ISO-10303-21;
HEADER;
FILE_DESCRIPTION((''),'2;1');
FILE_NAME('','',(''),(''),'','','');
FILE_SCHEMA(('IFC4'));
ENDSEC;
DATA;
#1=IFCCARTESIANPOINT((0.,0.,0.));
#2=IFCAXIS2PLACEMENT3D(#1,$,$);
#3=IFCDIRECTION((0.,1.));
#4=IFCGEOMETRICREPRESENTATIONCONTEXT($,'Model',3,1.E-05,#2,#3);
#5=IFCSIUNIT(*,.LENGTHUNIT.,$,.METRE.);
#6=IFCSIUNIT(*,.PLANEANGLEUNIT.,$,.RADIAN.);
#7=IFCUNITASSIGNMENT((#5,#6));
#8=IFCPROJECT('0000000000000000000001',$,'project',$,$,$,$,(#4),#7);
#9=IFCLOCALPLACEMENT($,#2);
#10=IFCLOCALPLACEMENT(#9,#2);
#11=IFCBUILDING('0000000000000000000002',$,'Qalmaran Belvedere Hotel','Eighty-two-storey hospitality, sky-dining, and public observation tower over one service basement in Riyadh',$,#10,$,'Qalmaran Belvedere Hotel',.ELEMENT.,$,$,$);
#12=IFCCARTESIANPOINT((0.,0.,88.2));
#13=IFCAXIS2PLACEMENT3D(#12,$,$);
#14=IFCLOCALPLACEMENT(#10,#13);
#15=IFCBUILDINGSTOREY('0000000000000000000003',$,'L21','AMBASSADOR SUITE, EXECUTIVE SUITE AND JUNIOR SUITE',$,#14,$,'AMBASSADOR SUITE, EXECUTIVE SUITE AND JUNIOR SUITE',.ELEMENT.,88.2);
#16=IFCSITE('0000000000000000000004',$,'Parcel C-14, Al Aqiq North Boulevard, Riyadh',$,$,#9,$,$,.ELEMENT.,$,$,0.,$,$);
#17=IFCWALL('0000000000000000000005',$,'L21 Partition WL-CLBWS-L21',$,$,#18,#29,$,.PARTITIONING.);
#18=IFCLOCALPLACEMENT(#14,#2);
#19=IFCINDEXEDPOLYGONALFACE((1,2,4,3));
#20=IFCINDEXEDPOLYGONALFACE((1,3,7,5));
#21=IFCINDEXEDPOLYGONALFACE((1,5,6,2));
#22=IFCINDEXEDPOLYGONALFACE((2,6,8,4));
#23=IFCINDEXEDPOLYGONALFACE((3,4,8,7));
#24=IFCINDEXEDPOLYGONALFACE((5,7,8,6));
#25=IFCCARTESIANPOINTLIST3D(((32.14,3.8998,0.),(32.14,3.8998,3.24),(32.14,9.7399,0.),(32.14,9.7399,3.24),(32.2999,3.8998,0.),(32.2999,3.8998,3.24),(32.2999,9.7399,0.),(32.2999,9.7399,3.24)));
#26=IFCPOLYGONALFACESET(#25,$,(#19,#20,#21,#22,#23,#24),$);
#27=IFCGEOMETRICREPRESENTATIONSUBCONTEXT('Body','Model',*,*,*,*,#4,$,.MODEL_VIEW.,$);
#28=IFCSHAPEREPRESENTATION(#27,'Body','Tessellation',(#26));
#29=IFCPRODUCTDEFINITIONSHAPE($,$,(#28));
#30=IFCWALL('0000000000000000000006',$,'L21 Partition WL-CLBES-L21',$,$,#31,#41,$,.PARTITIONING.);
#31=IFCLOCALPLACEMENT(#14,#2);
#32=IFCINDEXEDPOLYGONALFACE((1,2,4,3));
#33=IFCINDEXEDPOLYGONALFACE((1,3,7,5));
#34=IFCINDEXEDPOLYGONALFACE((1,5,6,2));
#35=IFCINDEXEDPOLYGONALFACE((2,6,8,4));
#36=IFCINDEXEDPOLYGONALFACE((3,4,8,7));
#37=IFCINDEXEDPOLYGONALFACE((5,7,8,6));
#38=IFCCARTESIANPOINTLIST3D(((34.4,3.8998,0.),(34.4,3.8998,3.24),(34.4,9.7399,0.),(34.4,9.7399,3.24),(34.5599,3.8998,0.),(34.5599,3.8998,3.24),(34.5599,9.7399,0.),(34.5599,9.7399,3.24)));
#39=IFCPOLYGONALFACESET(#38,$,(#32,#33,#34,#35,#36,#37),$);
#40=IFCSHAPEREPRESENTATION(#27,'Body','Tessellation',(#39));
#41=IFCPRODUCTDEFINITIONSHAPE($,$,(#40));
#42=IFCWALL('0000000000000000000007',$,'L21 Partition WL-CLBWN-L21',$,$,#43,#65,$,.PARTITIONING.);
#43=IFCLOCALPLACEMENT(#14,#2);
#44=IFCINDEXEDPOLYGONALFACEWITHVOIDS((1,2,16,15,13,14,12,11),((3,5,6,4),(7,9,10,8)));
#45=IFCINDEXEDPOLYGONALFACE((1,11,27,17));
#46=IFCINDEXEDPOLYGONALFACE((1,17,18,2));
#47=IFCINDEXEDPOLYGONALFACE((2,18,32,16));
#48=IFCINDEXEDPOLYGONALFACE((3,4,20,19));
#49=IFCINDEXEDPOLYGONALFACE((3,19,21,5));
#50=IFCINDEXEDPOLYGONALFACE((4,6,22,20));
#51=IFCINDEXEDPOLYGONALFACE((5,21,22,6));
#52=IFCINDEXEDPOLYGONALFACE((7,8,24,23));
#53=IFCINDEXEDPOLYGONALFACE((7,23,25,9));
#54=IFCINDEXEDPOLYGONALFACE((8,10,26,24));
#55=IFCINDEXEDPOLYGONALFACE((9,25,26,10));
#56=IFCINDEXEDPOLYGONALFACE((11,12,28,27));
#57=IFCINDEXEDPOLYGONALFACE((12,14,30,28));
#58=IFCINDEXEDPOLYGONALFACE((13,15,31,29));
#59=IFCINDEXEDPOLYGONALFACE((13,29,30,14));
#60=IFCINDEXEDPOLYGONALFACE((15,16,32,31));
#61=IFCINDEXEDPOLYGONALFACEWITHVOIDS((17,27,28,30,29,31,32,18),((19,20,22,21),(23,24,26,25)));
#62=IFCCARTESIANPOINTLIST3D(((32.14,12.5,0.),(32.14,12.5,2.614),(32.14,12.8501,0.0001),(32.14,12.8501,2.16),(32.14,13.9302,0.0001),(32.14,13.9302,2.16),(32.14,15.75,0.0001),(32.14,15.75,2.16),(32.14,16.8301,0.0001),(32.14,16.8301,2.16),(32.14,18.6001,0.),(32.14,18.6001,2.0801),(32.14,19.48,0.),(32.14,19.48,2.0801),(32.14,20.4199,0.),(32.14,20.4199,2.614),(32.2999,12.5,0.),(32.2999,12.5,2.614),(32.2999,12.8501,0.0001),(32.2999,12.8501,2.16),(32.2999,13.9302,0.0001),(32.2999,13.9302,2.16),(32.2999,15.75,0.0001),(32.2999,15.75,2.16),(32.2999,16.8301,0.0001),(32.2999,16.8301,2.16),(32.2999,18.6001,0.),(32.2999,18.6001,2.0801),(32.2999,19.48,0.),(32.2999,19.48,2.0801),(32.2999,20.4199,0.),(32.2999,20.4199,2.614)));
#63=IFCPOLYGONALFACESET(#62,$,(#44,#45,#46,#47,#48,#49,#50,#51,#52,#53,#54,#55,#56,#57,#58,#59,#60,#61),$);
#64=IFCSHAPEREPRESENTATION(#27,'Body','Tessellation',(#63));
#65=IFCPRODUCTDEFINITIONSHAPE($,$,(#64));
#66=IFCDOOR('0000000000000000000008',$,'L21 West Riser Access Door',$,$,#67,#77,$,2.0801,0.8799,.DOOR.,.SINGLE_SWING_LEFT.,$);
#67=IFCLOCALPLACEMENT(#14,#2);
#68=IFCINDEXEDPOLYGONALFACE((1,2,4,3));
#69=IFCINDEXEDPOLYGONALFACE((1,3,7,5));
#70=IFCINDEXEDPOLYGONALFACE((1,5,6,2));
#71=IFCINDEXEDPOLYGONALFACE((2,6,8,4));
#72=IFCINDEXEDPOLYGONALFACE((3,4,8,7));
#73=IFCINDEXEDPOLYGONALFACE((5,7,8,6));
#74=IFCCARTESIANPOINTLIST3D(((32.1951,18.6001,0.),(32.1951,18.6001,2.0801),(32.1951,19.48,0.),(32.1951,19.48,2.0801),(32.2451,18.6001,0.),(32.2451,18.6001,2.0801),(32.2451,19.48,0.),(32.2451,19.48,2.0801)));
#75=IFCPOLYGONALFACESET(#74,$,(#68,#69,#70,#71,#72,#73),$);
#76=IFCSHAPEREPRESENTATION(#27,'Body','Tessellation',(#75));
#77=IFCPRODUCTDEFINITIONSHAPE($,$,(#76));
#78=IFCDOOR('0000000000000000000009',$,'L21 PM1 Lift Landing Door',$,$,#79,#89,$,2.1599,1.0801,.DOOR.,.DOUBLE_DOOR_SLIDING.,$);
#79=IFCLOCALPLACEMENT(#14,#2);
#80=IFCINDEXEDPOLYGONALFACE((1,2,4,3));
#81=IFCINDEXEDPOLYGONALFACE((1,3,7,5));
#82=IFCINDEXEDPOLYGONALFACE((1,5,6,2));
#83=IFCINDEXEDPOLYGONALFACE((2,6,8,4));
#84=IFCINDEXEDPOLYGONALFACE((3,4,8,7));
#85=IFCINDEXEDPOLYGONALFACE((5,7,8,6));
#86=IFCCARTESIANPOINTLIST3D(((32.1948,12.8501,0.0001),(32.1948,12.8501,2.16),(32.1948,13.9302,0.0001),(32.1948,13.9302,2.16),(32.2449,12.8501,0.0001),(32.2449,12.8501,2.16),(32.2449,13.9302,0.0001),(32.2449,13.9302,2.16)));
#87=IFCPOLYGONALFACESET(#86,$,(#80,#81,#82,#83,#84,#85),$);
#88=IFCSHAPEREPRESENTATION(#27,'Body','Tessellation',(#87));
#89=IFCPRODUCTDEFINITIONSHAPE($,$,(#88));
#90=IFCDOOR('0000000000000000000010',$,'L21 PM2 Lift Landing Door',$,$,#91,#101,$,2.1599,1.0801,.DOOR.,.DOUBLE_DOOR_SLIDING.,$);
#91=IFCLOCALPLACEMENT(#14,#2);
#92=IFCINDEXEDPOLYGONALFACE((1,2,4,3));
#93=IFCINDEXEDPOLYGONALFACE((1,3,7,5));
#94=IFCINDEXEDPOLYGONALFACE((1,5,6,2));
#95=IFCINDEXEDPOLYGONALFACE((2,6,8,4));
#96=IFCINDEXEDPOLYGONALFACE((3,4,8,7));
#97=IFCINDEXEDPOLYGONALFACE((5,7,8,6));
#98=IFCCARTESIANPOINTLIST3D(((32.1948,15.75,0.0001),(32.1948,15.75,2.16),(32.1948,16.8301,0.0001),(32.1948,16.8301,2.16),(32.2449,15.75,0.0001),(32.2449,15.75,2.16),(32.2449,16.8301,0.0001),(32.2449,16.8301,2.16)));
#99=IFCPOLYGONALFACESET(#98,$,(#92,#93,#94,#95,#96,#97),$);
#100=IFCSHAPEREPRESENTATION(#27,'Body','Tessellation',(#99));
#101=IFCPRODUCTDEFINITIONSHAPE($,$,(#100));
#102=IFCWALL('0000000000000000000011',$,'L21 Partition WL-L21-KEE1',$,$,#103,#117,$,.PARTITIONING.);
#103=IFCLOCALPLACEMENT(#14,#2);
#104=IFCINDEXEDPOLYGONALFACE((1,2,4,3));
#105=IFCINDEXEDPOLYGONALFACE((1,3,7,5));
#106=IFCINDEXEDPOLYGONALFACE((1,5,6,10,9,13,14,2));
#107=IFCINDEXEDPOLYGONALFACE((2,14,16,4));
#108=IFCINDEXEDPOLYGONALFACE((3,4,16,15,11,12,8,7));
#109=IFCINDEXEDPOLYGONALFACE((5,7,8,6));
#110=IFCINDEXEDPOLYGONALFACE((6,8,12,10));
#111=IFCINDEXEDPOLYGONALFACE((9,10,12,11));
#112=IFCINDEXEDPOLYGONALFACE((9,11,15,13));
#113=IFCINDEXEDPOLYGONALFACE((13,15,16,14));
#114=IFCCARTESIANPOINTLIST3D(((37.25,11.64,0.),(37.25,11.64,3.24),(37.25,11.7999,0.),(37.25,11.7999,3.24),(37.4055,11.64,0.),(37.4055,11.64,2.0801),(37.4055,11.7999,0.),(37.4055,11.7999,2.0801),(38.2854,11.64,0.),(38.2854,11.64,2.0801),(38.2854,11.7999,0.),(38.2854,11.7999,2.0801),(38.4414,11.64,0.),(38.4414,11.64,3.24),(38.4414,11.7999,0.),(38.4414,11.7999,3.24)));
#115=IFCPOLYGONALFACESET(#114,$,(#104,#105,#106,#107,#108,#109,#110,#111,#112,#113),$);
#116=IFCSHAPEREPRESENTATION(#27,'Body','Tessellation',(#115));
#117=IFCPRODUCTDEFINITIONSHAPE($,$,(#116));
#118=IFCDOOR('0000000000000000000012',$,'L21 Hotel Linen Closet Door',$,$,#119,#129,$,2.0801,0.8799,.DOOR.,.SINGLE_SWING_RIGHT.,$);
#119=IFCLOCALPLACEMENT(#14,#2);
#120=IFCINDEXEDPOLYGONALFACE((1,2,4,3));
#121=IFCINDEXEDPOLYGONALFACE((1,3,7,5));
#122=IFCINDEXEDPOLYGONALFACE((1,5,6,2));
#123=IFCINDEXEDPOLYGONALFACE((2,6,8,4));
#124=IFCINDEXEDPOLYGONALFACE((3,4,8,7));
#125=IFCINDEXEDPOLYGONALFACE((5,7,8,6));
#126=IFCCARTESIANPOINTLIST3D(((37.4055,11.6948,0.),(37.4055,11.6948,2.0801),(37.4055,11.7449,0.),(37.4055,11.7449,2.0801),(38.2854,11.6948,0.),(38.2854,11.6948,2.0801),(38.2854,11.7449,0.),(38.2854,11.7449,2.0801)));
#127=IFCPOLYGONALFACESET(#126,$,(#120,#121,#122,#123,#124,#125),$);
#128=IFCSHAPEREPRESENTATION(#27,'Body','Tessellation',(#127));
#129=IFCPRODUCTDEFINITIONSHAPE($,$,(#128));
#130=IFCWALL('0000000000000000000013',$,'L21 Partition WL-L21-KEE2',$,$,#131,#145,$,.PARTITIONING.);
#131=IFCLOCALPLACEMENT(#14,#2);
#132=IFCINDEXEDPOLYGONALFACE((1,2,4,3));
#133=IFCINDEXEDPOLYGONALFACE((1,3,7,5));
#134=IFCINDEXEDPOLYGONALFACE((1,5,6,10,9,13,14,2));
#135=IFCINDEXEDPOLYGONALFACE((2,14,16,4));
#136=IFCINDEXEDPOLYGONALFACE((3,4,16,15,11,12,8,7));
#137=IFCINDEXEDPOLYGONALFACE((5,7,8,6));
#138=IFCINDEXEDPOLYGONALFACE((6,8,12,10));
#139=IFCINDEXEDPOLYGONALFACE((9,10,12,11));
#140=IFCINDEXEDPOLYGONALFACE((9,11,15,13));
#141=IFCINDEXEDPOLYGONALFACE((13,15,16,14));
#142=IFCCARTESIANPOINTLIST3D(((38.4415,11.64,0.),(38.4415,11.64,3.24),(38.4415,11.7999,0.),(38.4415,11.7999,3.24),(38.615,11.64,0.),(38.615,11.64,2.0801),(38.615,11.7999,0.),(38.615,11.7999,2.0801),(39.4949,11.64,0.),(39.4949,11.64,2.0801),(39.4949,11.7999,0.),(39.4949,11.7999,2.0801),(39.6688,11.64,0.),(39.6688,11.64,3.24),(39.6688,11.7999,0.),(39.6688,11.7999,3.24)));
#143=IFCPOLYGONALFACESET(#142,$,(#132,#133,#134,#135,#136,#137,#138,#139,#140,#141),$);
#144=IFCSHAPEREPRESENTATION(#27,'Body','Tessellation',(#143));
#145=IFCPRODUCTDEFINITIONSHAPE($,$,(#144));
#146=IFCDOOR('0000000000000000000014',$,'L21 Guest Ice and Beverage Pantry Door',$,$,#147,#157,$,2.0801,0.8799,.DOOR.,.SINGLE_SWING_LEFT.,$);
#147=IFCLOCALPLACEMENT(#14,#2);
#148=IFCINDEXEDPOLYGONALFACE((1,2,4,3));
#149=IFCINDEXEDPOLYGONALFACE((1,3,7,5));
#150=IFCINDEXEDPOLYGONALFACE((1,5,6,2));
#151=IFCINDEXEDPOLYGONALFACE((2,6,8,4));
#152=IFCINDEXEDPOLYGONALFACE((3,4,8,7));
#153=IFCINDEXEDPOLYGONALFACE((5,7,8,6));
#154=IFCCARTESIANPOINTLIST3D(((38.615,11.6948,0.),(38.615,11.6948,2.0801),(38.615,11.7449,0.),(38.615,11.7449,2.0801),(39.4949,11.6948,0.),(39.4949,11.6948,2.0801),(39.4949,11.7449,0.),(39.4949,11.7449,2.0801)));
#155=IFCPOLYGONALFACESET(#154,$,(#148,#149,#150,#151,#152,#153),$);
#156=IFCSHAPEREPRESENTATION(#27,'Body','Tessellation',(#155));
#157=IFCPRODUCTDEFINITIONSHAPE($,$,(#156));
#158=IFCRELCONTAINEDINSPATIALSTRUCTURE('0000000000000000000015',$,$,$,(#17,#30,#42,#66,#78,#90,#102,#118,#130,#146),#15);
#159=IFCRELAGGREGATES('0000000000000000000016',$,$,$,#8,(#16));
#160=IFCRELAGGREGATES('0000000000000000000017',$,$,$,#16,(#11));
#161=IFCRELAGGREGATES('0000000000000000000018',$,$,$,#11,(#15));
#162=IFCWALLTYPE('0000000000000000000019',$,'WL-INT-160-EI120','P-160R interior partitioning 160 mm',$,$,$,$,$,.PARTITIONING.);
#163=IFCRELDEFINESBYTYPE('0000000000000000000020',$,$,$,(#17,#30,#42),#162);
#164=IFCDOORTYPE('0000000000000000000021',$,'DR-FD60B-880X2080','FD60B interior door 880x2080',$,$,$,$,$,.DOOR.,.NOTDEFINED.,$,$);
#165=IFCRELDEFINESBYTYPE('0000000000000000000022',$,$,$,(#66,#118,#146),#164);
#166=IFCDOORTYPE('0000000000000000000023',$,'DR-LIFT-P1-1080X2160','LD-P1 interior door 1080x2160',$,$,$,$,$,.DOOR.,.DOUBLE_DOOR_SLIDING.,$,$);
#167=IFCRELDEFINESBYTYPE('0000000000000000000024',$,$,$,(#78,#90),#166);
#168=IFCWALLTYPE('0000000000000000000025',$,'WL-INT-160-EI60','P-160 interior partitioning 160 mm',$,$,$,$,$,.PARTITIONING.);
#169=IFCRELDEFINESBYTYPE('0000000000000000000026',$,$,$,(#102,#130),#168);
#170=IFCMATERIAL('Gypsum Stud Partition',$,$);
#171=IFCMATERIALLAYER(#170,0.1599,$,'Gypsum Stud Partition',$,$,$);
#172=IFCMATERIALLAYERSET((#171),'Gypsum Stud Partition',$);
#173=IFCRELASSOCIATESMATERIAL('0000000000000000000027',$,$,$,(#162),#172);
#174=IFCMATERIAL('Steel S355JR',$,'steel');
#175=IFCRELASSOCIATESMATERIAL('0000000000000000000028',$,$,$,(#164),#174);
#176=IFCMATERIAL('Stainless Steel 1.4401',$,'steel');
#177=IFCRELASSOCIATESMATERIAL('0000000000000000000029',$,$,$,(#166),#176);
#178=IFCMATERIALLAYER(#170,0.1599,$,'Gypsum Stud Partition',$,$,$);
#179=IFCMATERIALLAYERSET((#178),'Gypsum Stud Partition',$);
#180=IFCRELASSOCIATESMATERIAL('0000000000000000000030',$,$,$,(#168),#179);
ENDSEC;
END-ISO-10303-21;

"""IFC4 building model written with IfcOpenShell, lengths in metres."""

from ifc_helpers import new_model, si_unit, direction, frame, frame_2d, origin, place, context, subcontext, project, spatial, rectangle, extrude, material, layer, layer_set, type_object, element, fill, save


model = new_model("IFC4")

# Units and contexts
model_context = context("Model", 3, precision=1e-05, world=origin(), true_north=direction((0.0, 1.0)))
body_context = subcontext(model_context, "Body", "Model", "MODEL_VIEW")
ifc_project = project(units=[si_unit("LENGTHUNIT", "METRE"), si_unit("PLANEANGLEUNIT", "RADIAN")], contexts=[model_context])

# Site, building, storey
site_placement = place(None, origin())
site = spatial("IfcSite", under=ifc_project, at=site_placement, Name="Parcel C-14, Al Aqiq North Boulevard, Riyadh", CompositionType="ELEMENT", RefElevation=0.0)
building_placement = place(site_placement, origin())
building = spatial("IfcBuilding", under=site, at=building_placement, Name="Qalmaran Belvedere Hotel", Description="Eighty-two-storey hospitality, sky-dining, and public observation tower over one service basement in Riyadh", LongName="Qalmaran Belvedere Hotel", CompositionType="ELEMENT")
storey_placement = place(building_placement, frame((0.0, 0.0, 88.2)))
storey = spatial("IfcBuildingStorey", under=building, at=storey_placement, Name="L21", Description="AMBASSADOR SUITE, EXECUTIVE SUITE AND JUNIOR SUITE", LongName="AMBASSADOR SUITE, EXECUTIVE SUITE AND JUNIOR SUITE", CompositionType="ELEMENT", Elevation=88.2)

# Shared definitions
ifc_material_1 = material(Name="Steel S355JR", Category="steel")

# Shared definitions
ifc_material_2 = material(Name="Gypsum Stud Partition")
ifc_layer_1 = layer(ifc_material_2, 0.1599, Name="Gypsum Stud Partition")
ifc_layer_set_1 = layer_set([ifc_layer_1], Name="Gypsum Stud Partition")
wall_type_1 = type_object("IfcWallType", Name="WL-INT-160-EI120", Description="P-160R interior partitioning 160 mm", PredefinedType="PARTITIONING", material=ifc_layer_set_1)

# Walls
for number, where, z_axis, x_axis, name in (
    (1, (32.22, 3.8999, 0.0), (0.0, 0.0, 1.0), (0.0, 1.0, 0.0), "L21 Partition WL-CLBWS-L21"),
    (2, (34.48, 3.8999, 0.0), (0.0, 0.0, 1.0), (0.0, 1.0, 0.0), "L21 Partition WL-CLBES-L21"),
):
    element("IfcWall", number, at=place(storey_placement, frame(where, z_axis=z_axis, x_axis=x_axis)), inside=storey, type_object=wall_type_1, Name=name, PredefinedType="PARTITIONING", context=body_context, shape_type="SweptSolid", body=[
        extrude(rectangle(XDim=5.8401, YDim=0.1599, at=frame_2d((2.9199, 0.0))), origin(), (0.0, 0.0, 1.0), 3.24),
    ])

# Wall, openings, doors
wall_1_placement = place(storey_placement, frame((32.22, 12.5, 0.0), z_axis=(0.0, 0.0, 1.0), x_axis=(0.0, 1.0, 0.0)))
wall_1 = element("IfcWall", 3, at=wall_1_placement, inside=storey, type_object=wall_type_1, Name="L21 Partition WL-CLBWN-L21", PredefinedType="PARTITIONING", context=body_context, shape_type="SweptSolid", body=[
    extrude(rectangle(XDim=7.9199, YDim=0.1599, at=frame_2d((3.96, 0.0))), origin(), (0.0, 0.0, 1.0), 2.614),
])
opening_1_placement = place(wall_1_placement, frame((1.4302, 0.0, 0.0), z_axis=(0.0, 0.0, 1.0), x_axis=(-1.0, 0.0, 0.0)))
opening_1 = element("IfcOpeningElement", 4, at=opening_1_placement, cuts=wall_1, PredefinedType="OPENING", context=body_context, shape_type="SweptSolid", body=[
    extrude(rectangle(XDim=1.0801, YDim=2.1599, at=frame_2d((0.54, 1.0801))), frame((0.0, 0.0898, 0.0), z_axis=(0.0, -1.0, 0.0), x_axis=(1.0, 0.0, 0.0)), (0.0, 0.0, 1.0), 0.1799),
])
opening_2_placement = place(wall_1_placement, frame((4.3301, 0.0, 0.0), z_axis=(0.0, 0.0, 1.0), x_axis=(-1.0, 0.0, 0.0)))
opening_2 = element("IfcOpeningElement", 5, at=opening_2_placement, cuts=wall_1, PredefinedType="OPENING", context=body_context, shape_type="SweptSolid", body=[
    extrude(rectangle(XDim=1.0801, YDim=2.1599, at=frame_2d((0.54, 1.0801))), frame((0.0, 0.0898, 0.0), z_axis=(0.0, -1.0, 0.0), x_axis=(1.0, 0.0, 0.0)), (0.0, 0.0, 1.0), 0.1799),
])
opening_3_placement = place(wall_1_placement, frame((6.1001, 0.0, 0.0)))
opening_3 = element("IfcOpeningElement", 6, at=opening_3_placement, cuts=wall_1, PredefinedType="OPENING", context=body_context, shape_type="SweptSolid", body=[
    extrude(rectangle(XDim=0.8799, YDim=2.0801, at=frame_2d((0.4399, 1.04))), frame((0.0, 0.0898, 0.0), z_axis=(0.0, -1.0, 0.0), x_axis=(1.0, 0.0, 0.0)), (0.0, 0.0, 1.0), 0.1799),
])
door_type_1 = type_object("IfcDoorType", Name="DR-FD60B-880X2080", Description="FD60B interior door 880x2080", OperationType="NOTDEFINED", PredefinedType="DOOR", material=ifc_material_1)
door_1_placement = place(opening_3_placement, origin())
door_1 = element("IfcDoor", 7, at=door_1_placement, inside=storey, type_object=door_type_1, Name="L21 West Riser Access Door", OperationType="SINGLE_SWING_LEFT", OverallHeight=2.0801, OverallWidth=0.8799, PredefinedType="DOOR", context=body_context, shape_type="SweptSolid", body=[
    extrude(rectangle(XDim=0.8799, YDim=2.0801, at=frame_2d((0.4399, 1.04))), frame((0.0, 0.0249, 0.0), z_axis=(0.0, -1.0, 0.0), x_axis=(1.0, 0.0, 0.0)), (0.0, 0.0, 1.0), 0.05),
])
fill(opening_3, door_1)
ifc_material_3 = material(Name="Stainless Steel 1.4401", Category="steel")
door_type_2 = type_object("IfcDoorType", Name="DR-LIFT-P1-1080X2160", Description="LD-P1 interior door 1080x2160", OperationType="DOUBLE_DOOR_SLIDING", PredefinedType="DOOR", material=ifc_material_3)
door_2_placement = place(opening_1_placement, origin())
door_2 = element("IfcDoor", 8, at=door_2_placement, inside=storey, type_object=door_type_2, Name="L21 PM1 Lift Landing Door", OperationType="DOUBLE_DOOR_SLIDING", OverallHeight=2.1599, OverallWidth=1.0801, PredefinedType="DOOR", context=body_context, shape_type="SweptSolid", body=[
    extrude(rectangle(XDim=1.0801, YDim=2.1599, at=frame_2d((0.54, 1.0801))), frame((0.0, 0.0249, 0.0), z_axis=(0.0, -1.0, 0.0), x_axis=(1.0, 0.0, 0.0)), (0.0, 0.0, 1.0), 0.05),
])
fill(opening_1, door_2)
door_3_placement = place(opening_2_placement, origin())
door_3 = element("IfcDoor", 9, at=door_3_placement, inside=storey, type_object=door_type_2, Name="L21 PM2 Lift Landing Door", OperationType="DOUBLE_DOOR_SLIDING", OverallHeight=2.1599, OverallWidth=1.0801, PredefinedType="DOOR", context=body_context, shape_type="SweptSolid", body=[
    extrude(rectangle(XDim=1.0801, YDim=2.1599, at=frame_2d((0.54, 1.0801))), frame((0.0, 0.0249, 0.0), z_axis=(0.0, -1.0, 0.0), x_axis=(1.0, 0.0, 0.0)), (0.0, 0.0, 1.0), 0.05),
])
fill(opening_2, door_3)

# Walls, openings, doors
ifc_layer_2 = layer(ifc_material_2, 0.1599, Name="Gypsum Stud Partition")
ifc_layer_set_2 = layer_set([ifc_layer_2], Name="Gypsum Stud Partition")
wall_type_2 = type_object("IfcWallType", Name="WL-INT-160-EI60", Description="P-160 interior partitioning 160 mm", PredefinedType="PARTITIONING", material=ifc_layer_set_2)
wall_2_placement = place(storey_placement, frame((37.25, 11.72, 0.0), z_axis=(0.0, 0.0, 1.0), x_axis=(1.0, 0.0, 0.0)))
wall_2 = element("IfcWall", 10, at=wall_2_placement, inside=storey, type_object=wall_type_2, Name="L21 Partition WL-L21-KEE1", PredefinedType="PARTITIONING", context=body_context, shape_type="SweptSolid", body=[
    extrude(rectangle(XDim=1.1914, YDim=0.1599, at=frame_2d((0.5957, 0.0))), origin(), (0.0, 0.0, 1.0), 3.24),
])
opening_4_placement = place(wall_2_placement, frame((0.1555, 0.0, 0.0)))
opening_4 = element("IfcOpeningElement", 11, at=opening_4_placement, cuts=wall_2, PredefinedType="OPENING", context=body_context, shape_type="SweptSolid", body=[
    extrude(rectangle(XDim=0.8799, YDim=2.0801, at=frame_2d((0.4399, 1.04))), frame((0.0, 0.0898, 0.0), z_axis=(0.0, -1.0, 0.0), x_axis=(1.0, 0.0, 0.0)), (0.0, 0.0, 1.0), 0.1799),
])
door_4_placement = place(opening_4_placement, origin())
door_4 = element("IfcDoor", 12, at=door_4_placement, inside=storey, type_object=door_type_1, Name="L21 Hotel Linen Closet Door", OperationType="SINGLE_SWING_RIGHT", OverallHeight=2.0801, OverallWidth=0.8799, PredefinedType="DOOR", context=body_context, shape_type="SweptSolid", body=[
    extrude(rectangle(XDim=0.8799, YDim=2.0801, at=frame_2d((0.4399, 1.04))), frame((0.0, 0.0249, 0.0), z_axis=(0.0, -1.0, 0.0), x_axis=(1.0, 0.0, 0.0)), (0.0, 0.0, 1.0), 0.05),
])
fill(opening_4, door_4)
wall_3_placement = place(storey_placement, frame((38.4414, 11.72, 0.0), z_axis=(0.0, 0.0, 1.0), x_axis=(1.0, 0.0, 0.0)))
wall_3 = element("IfcWall", 13, at=wall_3_placement, inside=storey, type_object=wall_type_2, Name="L21 Partition WL-L21-KEE2", PredefinedType="PARTITIONING", context=body_context, shape_type="SweptSolid", body=[
    extrude(rectangle(XDim=1.2273, YDim=0.1599, at=frame_2d((0.6138, 0.0))), origin(), (0.0, 0.0, 1.0), 3.24),
])
opening_5_placement = place(wall_3_placement, frame((0.1736, 0.0, 0.0)))
opening_5 = element("IfcOpeningElement", 14, at=opening_5_placement, cuts=wall_3, PredefinedType="OPENING", context=body_context, shape_type="SweptSolid", body=[
    extrude(rectangle(XDim=0.8799, YDim=2.0801, at=frame_2d((0.4399, 1.04))), frame((0.0, 0.0898, 0.0), z_axis=(0.0, -1.0, 0.0), x_axis=(1.0, 0.0, 0.0)), (0.0, 0.0, 1.0), 0.1799),
])
door_5_placement = place(opening_5_placement, origin())
door_5 = element("IfcDoor", 15, at=door_5_placement, inside=storey, type_object=door_type_1, Name="L21 Guest Ice and Beverage Pantry Door", OperationType="SINGLE_SWING_LEFT", OverallHeight=2.0801, OverallWidth=0.8799, PredefinedType="DOOR", context=body_context, shape_type="SweptSolid", body=[
    extrude(rectangle(XDim=0.8799, YDim=2.0801, at=frame_2d((0.4399, 1.04))), frame((0.0, 0.0249, 0.0), z_axis=(0.0, -1.0, 0.0), x_axis=(1.0, 0.0, 0.0)), (0.0, 0.0, 1.0), 0.05),
])
fill(opening_5, door_5)

save(model, "model.ifc")
